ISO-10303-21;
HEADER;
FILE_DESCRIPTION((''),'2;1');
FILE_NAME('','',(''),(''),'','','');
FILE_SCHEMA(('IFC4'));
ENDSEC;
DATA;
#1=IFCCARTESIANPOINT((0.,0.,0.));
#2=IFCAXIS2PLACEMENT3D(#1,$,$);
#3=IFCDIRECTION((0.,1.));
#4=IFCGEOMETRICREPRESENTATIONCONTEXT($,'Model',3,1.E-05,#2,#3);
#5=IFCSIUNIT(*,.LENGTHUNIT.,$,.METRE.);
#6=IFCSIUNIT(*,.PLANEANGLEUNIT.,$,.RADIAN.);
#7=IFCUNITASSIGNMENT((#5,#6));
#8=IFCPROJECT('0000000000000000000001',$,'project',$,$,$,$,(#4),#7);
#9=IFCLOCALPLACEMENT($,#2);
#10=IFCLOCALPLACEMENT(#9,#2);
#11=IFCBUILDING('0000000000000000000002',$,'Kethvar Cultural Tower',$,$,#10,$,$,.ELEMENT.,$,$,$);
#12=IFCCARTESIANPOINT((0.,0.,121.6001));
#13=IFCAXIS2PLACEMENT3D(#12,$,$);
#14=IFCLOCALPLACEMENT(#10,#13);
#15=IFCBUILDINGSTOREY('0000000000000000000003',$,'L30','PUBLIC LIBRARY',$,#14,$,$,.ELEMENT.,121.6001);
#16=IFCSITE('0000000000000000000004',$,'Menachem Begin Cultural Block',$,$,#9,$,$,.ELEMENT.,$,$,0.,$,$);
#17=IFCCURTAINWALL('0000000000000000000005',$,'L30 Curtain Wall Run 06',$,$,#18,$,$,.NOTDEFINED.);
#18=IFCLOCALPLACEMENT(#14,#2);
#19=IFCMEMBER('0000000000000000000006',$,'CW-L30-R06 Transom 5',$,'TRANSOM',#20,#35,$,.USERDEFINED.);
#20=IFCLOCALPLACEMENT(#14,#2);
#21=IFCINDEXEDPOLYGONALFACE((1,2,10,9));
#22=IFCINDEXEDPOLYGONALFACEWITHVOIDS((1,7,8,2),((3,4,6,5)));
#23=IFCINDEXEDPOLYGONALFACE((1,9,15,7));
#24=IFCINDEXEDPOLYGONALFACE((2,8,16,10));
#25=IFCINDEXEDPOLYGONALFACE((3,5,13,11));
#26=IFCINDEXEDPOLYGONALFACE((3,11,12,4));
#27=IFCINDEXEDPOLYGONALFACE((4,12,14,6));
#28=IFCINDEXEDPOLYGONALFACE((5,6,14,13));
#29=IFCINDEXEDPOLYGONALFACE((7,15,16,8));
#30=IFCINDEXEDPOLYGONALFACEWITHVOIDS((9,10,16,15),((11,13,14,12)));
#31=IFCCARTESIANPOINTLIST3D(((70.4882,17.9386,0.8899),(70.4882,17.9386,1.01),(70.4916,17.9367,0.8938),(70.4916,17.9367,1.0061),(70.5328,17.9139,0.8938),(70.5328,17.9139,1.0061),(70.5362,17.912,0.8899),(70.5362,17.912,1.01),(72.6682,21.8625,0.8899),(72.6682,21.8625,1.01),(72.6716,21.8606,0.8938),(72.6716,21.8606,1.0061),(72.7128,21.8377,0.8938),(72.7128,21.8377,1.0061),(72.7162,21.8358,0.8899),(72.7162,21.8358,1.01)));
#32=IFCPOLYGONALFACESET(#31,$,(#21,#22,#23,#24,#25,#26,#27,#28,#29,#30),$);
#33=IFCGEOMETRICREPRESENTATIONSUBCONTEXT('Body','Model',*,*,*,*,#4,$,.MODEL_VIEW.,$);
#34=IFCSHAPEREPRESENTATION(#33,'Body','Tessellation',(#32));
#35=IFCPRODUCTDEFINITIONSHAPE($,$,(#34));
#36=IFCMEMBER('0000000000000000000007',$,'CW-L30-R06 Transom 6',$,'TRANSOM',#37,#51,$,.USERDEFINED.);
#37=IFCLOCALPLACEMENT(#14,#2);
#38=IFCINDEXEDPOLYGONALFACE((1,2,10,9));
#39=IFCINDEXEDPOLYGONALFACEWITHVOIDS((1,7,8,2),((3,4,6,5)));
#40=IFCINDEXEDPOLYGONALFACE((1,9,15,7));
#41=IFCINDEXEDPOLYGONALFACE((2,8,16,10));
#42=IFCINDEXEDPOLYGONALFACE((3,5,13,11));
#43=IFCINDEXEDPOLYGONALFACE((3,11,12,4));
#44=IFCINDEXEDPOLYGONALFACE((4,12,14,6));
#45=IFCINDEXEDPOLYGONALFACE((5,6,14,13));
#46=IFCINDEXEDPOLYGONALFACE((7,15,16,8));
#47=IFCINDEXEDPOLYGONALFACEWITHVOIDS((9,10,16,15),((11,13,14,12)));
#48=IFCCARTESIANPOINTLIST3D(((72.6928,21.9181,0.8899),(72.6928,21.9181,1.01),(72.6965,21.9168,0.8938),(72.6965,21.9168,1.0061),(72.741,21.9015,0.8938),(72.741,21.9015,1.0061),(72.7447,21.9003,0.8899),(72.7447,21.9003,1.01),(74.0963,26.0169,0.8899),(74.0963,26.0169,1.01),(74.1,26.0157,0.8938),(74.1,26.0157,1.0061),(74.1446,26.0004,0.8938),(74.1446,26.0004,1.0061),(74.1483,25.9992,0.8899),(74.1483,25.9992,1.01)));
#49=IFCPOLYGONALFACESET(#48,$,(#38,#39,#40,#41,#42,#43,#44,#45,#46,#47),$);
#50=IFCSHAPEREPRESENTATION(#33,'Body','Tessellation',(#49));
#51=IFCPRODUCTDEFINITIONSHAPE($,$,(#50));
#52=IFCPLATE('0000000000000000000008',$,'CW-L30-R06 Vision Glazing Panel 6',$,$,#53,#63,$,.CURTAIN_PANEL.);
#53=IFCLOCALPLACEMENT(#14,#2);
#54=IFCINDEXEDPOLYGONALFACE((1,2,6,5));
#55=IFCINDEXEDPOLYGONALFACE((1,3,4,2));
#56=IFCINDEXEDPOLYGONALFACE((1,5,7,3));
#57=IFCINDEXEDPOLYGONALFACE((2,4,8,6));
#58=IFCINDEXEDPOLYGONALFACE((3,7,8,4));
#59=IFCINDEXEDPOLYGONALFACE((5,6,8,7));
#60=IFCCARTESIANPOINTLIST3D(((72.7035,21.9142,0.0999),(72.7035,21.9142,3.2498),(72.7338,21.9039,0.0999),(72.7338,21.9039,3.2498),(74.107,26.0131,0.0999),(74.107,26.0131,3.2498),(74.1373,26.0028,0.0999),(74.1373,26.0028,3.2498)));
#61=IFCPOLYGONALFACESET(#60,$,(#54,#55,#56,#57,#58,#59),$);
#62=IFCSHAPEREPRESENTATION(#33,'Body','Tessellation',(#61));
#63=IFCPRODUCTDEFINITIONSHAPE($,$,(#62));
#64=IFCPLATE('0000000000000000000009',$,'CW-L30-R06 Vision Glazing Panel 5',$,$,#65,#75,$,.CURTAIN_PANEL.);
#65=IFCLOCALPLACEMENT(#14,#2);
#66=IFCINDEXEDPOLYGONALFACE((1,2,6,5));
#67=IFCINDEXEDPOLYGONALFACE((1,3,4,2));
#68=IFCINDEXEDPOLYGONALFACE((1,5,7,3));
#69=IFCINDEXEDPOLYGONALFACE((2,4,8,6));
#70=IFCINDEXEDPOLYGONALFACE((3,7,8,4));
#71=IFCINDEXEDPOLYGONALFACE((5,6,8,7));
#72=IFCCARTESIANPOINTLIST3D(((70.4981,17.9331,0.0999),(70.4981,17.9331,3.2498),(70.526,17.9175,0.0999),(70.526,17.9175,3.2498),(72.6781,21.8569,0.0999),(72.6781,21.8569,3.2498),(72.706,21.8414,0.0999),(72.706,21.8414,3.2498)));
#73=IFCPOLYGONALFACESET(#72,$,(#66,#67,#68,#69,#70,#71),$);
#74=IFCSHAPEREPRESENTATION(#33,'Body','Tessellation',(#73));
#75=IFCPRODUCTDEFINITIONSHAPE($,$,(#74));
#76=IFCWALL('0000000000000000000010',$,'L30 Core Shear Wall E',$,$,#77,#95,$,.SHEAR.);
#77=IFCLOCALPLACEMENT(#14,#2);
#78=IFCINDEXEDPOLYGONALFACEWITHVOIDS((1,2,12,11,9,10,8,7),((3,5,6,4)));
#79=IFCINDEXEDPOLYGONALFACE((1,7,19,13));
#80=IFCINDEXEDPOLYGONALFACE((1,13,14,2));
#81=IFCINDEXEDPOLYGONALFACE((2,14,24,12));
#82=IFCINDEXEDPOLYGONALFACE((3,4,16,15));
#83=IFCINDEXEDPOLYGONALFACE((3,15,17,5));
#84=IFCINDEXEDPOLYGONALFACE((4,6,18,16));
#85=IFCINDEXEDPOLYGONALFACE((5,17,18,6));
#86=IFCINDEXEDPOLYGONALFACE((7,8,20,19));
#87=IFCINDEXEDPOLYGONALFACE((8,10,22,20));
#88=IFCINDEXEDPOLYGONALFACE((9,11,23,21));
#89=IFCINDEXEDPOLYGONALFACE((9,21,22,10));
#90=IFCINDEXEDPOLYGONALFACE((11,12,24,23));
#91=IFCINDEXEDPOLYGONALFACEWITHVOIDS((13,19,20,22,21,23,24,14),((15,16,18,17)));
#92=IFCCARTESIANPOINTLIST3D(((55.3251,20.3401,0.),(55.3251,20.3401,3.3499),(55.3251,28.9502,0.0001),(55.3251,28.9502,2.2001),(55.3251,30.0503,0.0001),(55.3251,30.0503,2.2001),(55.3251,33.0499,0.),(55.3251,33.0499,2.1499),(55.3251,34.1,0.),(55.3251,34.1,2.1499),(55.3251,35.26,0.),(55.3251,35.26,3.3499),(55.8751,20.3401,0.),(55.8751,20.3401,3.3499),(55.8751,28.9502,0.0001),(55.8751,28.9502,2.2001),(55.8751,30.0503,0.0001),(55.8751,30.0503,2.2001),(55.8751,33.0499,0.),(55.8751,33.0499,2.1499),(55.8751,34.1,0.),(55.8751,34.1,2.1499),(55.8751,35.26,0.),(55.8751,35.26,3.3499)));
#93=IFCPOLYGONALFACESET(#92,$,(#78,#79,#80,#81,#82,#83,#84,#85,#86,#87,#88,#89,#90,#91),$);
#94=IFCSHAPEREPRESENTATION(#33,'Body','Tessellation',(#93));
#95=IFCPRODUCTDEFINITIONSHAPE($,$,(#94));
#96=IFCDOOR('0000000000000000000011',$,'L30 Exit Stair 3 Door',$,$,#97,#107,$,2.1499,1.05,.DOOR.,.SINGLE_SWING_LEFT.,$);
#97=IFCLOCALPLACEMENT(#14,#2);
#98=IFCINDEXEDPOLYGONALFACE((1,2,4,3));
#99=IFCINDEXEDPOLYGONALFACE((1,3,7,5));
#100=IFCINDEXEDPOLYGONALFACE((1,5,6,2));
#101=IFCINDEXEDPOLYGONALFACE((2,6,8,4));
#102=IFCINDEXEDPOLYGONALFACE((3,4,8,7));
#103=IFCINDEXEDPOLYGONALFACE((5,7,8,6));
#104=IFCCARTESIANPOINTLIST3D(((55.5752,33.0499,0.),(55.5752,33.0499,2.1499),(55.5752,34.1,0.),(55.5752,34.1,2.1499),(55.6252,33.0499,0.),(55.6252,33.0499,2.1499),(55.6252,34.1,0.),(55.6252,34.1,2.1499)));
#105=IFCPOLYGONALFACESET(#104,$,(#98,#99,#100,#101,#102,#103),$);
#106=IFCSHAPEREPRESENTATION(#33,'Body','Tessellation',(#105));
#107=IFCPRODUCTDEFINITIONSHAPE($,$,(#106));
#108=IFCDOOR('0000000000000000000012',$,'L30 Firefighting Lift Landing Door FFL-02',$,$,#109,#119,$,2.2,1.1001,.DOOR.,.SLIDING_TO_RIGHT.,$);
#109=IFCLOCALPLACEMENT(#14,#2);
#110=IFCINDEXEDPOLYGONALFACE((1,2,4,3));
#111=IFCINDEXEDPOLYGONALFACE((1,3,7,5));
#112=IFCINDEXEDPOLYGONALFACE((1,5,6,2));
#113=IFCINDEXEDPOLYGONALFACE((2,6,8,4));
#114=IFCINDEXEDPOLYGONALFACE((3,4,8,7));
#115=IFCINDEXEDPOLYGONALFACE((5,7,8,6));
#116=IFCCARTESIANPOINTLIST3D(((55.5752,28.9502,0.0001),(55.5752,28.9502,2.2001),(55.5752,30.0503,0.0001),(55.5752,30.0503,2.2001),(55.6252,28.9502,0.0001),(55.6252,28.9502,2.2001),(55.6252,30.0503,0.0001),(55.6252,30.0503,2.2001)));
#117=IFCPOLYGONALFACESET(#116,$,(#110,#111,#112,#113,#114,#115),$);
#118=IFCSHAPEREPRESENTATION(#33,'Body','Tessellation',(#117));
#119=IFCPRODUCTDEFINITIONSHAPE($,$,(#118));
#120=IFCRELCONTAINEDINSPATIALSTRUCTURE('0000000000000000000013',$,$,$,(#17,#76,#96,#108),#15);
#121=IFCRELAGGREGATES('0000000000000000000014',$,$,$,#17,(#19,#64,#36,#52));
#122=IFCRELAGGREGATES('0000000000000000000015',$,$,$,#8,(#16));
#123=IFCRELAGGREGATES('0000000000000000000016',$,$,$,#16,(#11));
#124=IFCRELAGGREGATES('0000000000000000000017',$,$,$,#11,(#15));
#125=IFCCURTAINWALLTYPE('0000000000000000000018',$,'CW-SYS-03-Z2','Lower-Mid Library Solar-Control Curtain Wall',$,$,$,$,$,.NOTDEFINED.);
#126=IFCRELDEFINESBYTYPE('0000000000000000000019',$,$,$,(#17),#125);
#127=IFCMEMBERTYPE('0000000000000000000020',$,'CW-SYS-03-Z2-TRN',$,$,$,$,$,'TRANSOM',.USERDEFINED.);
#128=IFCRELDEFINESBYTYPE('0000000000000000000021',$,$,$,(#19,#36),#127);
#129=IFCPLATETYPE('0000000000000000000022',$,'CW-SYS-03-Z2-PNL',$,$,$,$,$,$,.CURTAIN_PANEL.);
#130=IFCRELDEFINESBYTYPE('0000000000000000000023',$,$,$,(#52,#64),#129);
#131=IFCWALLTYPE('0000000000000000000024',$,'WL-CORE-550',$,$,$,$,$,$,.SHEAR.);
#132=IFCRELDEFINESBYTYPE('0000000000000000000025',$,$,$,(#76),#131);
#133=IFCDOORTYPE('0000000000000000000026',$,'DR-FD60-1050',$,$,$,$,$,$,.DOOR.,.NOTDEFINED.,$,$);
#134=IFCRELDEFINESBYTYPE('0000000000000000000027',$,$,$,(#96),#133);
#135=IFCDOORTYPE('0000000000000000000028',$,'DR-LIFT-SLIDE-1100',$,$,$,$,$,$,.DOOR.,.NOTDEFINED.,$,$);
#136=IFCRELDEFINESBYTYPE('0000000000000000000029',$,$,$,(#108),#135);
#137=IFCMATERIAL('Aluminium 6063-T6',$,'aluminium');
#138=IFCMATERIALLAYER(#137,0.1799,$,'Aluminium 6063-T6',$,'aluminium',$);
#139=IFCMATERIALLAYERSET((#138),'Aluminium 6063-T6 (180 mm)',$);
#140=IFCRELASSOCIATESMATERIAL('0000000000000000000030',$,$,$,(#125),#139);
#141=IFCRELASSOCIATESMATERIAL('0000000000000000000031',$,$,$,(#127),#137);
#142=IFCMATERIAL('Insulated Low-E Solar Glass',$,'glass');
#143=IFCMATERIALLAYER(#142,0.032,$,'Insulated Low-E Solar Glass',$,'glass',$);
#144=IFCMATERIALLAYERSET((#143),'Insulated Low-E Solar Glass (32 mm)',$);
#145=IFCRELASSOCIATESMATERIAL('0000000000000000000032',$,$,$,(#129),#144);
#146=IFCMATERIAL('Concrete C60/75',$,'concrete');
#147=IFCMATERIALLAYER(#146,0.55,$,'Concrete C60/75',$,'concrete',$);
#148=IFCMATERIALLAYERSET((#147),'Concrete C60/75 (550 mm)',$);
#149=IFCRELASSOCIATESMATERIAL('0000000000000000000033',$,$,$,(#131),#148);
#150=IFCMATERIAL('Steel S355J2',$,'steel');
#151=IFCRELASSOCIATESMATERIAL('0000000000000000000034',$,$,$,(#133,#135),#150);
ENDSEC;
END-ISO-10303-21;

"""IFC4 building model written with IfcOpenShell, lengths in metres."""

from ifc_helpers import new_model, si_unit, direction, frame, frame_2d, origin, origin_2d, place, context, subcontext, project, spatial, rectangle, hollow_rectangle, extrude, source, transform, mapped, material, layer, layer_set, material_profile, profile_set, type_object, element, fill, aggregate, save


model = new_model("IFC4")

# Units and contexts
model_context = context("Model", 3, precision=1e-05, world=origin(), true_north=direction((0.0, 1.0)))
body_context = subcontext(model_context, "Body", "Model", "MODEL_VIEW")
ifc_project = project(units=[si_unit("LENGTHUNIT", "METRE"), si_unit("PLANEANGLEUNIT", "RADIAN")], contexts=[model_context])

# Site, building, storey
site_placement = place(None, origin())
site = spatial("IfcSite", under=ifc_project, at=site_placement, Name="Menachem Begin Cultural Block", CompositionType="ELEMENT", RefElevation=0.0)
building_placement = place(site_placement, origin())
building = spatial("IfcBuilding", under=site, at=building_placement, Name="Kethvar Cultural Tower", CompositionType="ELEMENT")
storey_placement = place(building_placement, frame((0.0, 0.0, 121.6001)))
storey = spatial("IfcBuildingStorey", under=building, at=storey_placement, Name="L30", Description="PUBLIC LIBRARY", CompositionType="ELEMENT", Elevation=121.6001)

# Shared definitions
ifc_material_1 = material(Name="Steel S355J2", Category="steel")

# Curtain wall
ifc_material_2 = material(Name="Aluminium 6063-T6", Category="aluminium")
ifc_layer_1 = layer(ifc_material_2, 0.1799, Name="Aluminium 6063-T6", Category="aluminium")
ifc_layer_set_1 = layer_set([ifc_layer_1], Name="Aluminium 6063-T6 (180 mm)")
curtain_wall_type = type_object("IfcCurtainWallType", Name="CW-SYS-03-Z2", Description="Lower-Mid Library Solar-Control Curtain Wall", PredefinedType="NOTDEFINED", material=ifc_layer_set_1)
curtain_wall_1_placement = place(storey_placement, origin())
curtain_wall_1 = element("IfcCurtainWall", 1, at=curtain_wall_1_placement, inside=storey, type_object=curtain_wall_type, Name="L30 Curtain Wall Run 06", PredefinedType="NOTDEFINED")
ifc_material_profile_1 = material_profile(ifc_material_2, hollow_rectangle(XDim=0.0549, YDim=0.1201, WallThickness=0.0039, at=origin_2d()), Name="Aluminium 6063-T6 — RHS120x55x4")
ifc_profile_set_1 = profile_set([ifc_material_profile_1], Name="Aluminium 6063-T6 — RHS120x55x4")
member_type_1 = type_object("IfcMemberType", Name="CW-SYS-03-Z2-TRN", ElementType="TRANSOM", PredefinedType="USERDEFINED", material=ifc_profile_set_1)

# Members
shared_shape_1 = source(origin(), body_context, "Body", "SweptSolid", [
    extrude(hollow_rectangle(XDim=0.0549, YDim=0.1201, WallThickness=0.0039, at=origin_2d()), origin(), (0.0, 0.0, 1.0), 4.4888),
])
member_1_placement = place(storey_placement, frame((70.5122, 17.9253, 0.95), z_axis=(0.485648, 0.874155, 0.0), x_axis=(-0.874155, 0.485648, 0.0)))
member_1 = element("IfcMember", 2, at=member_1_placement, type_object=member_type_1, Name="CW-L30-R06 Transom 5", ObjectType="TRANSOM", PredefinedType="USERDEFINED", context=body_context, shape_type="MappedRepresentation", body=[
    mapped(shared_shape_1, transform((0.0, 0.0, 0.0), scale=1.0)),
])
shared_shape_2 = source(origin(), body_context, "Body", "SweptSolid", [
    extrude(hollow_rectangle(XDim=0.0549, YDim=0.1201, WallThickness=0.0039, at=origin_2d()), origin(), (0.0, 0.0, 1.0), 4.3325),
])
member_2_placement = place(storey_placement, frame((72.7188, 21.9092, 0.95), z_axis=(0.32396, 0.946071, 0.0), x_axis=(-0.946071, 0.32396, 0.0)))
member_2 = element("IfcMember", 3, at=member_2_placement, type_object=member_type_1, Name="CW-L30-R06 Transom 6", ObjectType="TRANSOM", PredefinedType="USERDEFINED", context=body_context, shape_type="MappedRepresentation", body=[
    mapped(shared_shape_2, transform((0.0, 0.0, 0.0), scale=1.0)),
])

# Plates
ifc_material_3 = material(Name="Insulated Low-E Solar Glass", Category="glass")
ifc_layer_2 = layer(ifc_material_3, 0.032, Name="Insulated Low-E Solar Glass", Category="glass")
ifc_layer_set_2 = layer_set([ifc_layer_2], Name="Insulated Low-E Solar Glass (32 mm)")
plate_type = type_object("IfcPlateType", Name="CW-SYS-03-Z2-PNL", PredefinedType="CURTAIN_PANEL", material=ifc_layer_set_2)
shared_shape_3 = source(origin(), body_context, "Body", "SweptSolid", [
    extrude(rectangle(XDim=4.3325, YDim=0.032, at=origin_2d()), origin(), (0.0, 0.0, 1.0), 3.1499),
])
plate_1_placement = place(storey_placement, frame((73.4204, 23.9585, 0.0999), z_axis=(0.0, 0.0, 1.0), x_axis=(0.32395, 0.946074, 0.0)))
plate_1 = element("IfcPlate", 4, at=plate_1_placement, type_object=plate_type, Name="CW-L30-R06 Vision Glazing Panel 6", PredefinedType="CURTAIN_PANEL", context=body_context, shape_type="MappedRepresentation", body=[
    mapped(shared_shape_3, transform((0.0, 0.0, 0.0), scale=1.0)),
])
shared_shape_4 = source(origin(), body_context, "Body", "SweptSolid", [
    extrude(rectangle(XDim=4.4888, YDim=0.032, at=origin_2d()), origin(), (0.0, 0.0, 1.0), 3.1499),
])
plate_2_placement = place(storey_placement, frame((71.6021, 19.8872, 0.0999), z_axis=(0.0, 0.0, 1.0), x_axis=(0.485664, 0.874145, 0.0)))
plate_2 = element("IfcPlate", 5, at=plate_2_placement, type_object=plate_type, Name="CW-L30-R06 Vision Glazing Panel 5", PredefinedType="CURTAIN_PANEL", context=body_context, shape_type="MappedRepresentation", body=[
    mapped(shared_shape_4, transform((0.0, 0.0, 0.0), scale=1.0)),
])
aggregate(curtain_wall_1, [member_1, plate_2, member_2, plate_1])

# Wall, openings, doors
ifc_material_4 = material(Name="Concrete C60/75", Category="concrete")
ifc_layer_3 = layer(ifc_material_4, 0.55, Name="Concrete C60/75", Category="concrete")
ifc_layer_set_3 = layer_set([ifc_layer_3], Name="Concrete C60/75 (550 mm)")
wall_type_1 = type_object("IfcWallType", Name="WL-CORE-550", PredefinedType="SHEAR", material=ifc_layer_set_3)
wall_1_placement = place(storey_placement, frame((55.6001, 20.3401, 0.0), z_axis=(0.0, 0.0, 1.0), x_axis=(0.0, 1.0, 0.0)))
wall_1 = element("IfcWall", 6, at=wall_1_placement, inside=storey, type_object=wall_type_1, Name="L30 Core Shear Wall E", PredefinedType="SHEAR", context=body_context, shape_type="SweptSolid", body=[
    extrude(rectangle(XDim=14.9199, YDim=0.55, at=frame_2d((7.46, 0.0))), origin(), (0.0, 0.0, 1.0), 3.3499),
])
opening_1_placement = place(wall_1_placement, frame((12.71, 0.0, 0.0)))
opening_1 = element("IfcOpeningElement", 7, at=opening_1_placement, cuts=wall_1, PredefinedType="OPENING", context=body_context, shape_type="SweptSolid", body=[
    extrude(rectangle(XDim=1.05, YDim=2.1499, at=frame_2d((0.5249, 1.075))), frame((0.0, 0.2849, 0.0), z_axis=(0.0, -1.0, 0.0), x_axis=(1.0, 0.0, 0.0)), (0.0, 0.0, 1.0), 0.5701),
])
opening_2_placement = place(wall_1_placement, frame((8.6101, 0.0, 0.0)))
opening_2 = element("IfcOpeningElement", 8, at=opening_2_placement, cuts=wall_1, PredefinedType="OPENING", context=body_context, shape_type="SweptSolid", body=[
    extrude(rectangle(XDim=1.1001, YDim=2.2, at=frame_2d((0.55, 1.1001))), frame((0.0, 0.2849, 0.0), z_axis=(0.0, -1.0, 0.0), x_axis=(1.0, 0.0, 0.0)), (0.0, 0.0, 1.0), 0.5701),
])
door_type_1 = type_object("IfcDoorType", Name="DR-FD60-1050", OperationType="NOTDEFINED", PredefinedType="DOOR", material=ifc_material_1)
shared_shape_5 = source(origin(), body_context, "Body", "SweptSolid", [
    extrude(rectangle(XDim=1.05, YDim=2.1499, at=frame_2d((0.5249, 1.075))), frame((0.0, 0.0249, 0.0), z_axis=(0.0, -1.0, 0.0), x_axis=(1.0, 0.0, 0.0)), (0.0, 0.0, 1.0), 0.05),
])
door_1_placement = place(opening_1_placement, origin())
door_1 = element("IfcDoor", 9, at=door_1_placement, inside=storey, type_object=door_type_1, Name="L30 Exit Stair 3 Door", OperationType="SINGLE_SWING_LEFT", OverallHeight=2.1499, OverallWidth=1.05, PredefinedType="DOOR", context=body_context, shape_type="MappedRepresentation", body=[
    mapped(shared_shape_5, transform((0.0, 0.0, 0.0), scale=1.0)),
])
fill(opening_1, door_1)
door_type_2 = type_object("IfcDoorType", Name="DR-LIFT-SLIDE-1100", OperationType="NOTDEFINED", PredefinedType="DOOR", material=ifc_material_1)
shared_shape_6 = source(origin(), body_context, "Body", "SweptSolid", [
    extrude(rectangle(XDim=1.1001, YDim=2.2, at=frame_2d((0.55, 1.1001))), frame((0.0, 0.0249, 0.0), z_axis=(0.0, -1.0, 0.0), x_axis=(1.0, 0.0, 0.0)), (0.0, 0.0, 1.0), 0.05),
])
door_2_placement = place(opening_2_placement, origin())
door_2 = element("IfcDoor", 10, at=door_2_placement, inside=storey, type_object=door_type_2, Name="L30 Firefighting Lift Landing Door FFL-02", OperationType="SLIDING_TO_RIGHT", OverallHeight=2.2, OverallWidth=1.1001, PredefinedType="DOOR", context=body_context, shape_type="MappedRepresentation", body=[
    mapped(shared_shape_6, transform((0.0, 0.0, 0.0), scale=1.0)),
])
fill(opening_2, door_2)

save(model, "model.ifc")
